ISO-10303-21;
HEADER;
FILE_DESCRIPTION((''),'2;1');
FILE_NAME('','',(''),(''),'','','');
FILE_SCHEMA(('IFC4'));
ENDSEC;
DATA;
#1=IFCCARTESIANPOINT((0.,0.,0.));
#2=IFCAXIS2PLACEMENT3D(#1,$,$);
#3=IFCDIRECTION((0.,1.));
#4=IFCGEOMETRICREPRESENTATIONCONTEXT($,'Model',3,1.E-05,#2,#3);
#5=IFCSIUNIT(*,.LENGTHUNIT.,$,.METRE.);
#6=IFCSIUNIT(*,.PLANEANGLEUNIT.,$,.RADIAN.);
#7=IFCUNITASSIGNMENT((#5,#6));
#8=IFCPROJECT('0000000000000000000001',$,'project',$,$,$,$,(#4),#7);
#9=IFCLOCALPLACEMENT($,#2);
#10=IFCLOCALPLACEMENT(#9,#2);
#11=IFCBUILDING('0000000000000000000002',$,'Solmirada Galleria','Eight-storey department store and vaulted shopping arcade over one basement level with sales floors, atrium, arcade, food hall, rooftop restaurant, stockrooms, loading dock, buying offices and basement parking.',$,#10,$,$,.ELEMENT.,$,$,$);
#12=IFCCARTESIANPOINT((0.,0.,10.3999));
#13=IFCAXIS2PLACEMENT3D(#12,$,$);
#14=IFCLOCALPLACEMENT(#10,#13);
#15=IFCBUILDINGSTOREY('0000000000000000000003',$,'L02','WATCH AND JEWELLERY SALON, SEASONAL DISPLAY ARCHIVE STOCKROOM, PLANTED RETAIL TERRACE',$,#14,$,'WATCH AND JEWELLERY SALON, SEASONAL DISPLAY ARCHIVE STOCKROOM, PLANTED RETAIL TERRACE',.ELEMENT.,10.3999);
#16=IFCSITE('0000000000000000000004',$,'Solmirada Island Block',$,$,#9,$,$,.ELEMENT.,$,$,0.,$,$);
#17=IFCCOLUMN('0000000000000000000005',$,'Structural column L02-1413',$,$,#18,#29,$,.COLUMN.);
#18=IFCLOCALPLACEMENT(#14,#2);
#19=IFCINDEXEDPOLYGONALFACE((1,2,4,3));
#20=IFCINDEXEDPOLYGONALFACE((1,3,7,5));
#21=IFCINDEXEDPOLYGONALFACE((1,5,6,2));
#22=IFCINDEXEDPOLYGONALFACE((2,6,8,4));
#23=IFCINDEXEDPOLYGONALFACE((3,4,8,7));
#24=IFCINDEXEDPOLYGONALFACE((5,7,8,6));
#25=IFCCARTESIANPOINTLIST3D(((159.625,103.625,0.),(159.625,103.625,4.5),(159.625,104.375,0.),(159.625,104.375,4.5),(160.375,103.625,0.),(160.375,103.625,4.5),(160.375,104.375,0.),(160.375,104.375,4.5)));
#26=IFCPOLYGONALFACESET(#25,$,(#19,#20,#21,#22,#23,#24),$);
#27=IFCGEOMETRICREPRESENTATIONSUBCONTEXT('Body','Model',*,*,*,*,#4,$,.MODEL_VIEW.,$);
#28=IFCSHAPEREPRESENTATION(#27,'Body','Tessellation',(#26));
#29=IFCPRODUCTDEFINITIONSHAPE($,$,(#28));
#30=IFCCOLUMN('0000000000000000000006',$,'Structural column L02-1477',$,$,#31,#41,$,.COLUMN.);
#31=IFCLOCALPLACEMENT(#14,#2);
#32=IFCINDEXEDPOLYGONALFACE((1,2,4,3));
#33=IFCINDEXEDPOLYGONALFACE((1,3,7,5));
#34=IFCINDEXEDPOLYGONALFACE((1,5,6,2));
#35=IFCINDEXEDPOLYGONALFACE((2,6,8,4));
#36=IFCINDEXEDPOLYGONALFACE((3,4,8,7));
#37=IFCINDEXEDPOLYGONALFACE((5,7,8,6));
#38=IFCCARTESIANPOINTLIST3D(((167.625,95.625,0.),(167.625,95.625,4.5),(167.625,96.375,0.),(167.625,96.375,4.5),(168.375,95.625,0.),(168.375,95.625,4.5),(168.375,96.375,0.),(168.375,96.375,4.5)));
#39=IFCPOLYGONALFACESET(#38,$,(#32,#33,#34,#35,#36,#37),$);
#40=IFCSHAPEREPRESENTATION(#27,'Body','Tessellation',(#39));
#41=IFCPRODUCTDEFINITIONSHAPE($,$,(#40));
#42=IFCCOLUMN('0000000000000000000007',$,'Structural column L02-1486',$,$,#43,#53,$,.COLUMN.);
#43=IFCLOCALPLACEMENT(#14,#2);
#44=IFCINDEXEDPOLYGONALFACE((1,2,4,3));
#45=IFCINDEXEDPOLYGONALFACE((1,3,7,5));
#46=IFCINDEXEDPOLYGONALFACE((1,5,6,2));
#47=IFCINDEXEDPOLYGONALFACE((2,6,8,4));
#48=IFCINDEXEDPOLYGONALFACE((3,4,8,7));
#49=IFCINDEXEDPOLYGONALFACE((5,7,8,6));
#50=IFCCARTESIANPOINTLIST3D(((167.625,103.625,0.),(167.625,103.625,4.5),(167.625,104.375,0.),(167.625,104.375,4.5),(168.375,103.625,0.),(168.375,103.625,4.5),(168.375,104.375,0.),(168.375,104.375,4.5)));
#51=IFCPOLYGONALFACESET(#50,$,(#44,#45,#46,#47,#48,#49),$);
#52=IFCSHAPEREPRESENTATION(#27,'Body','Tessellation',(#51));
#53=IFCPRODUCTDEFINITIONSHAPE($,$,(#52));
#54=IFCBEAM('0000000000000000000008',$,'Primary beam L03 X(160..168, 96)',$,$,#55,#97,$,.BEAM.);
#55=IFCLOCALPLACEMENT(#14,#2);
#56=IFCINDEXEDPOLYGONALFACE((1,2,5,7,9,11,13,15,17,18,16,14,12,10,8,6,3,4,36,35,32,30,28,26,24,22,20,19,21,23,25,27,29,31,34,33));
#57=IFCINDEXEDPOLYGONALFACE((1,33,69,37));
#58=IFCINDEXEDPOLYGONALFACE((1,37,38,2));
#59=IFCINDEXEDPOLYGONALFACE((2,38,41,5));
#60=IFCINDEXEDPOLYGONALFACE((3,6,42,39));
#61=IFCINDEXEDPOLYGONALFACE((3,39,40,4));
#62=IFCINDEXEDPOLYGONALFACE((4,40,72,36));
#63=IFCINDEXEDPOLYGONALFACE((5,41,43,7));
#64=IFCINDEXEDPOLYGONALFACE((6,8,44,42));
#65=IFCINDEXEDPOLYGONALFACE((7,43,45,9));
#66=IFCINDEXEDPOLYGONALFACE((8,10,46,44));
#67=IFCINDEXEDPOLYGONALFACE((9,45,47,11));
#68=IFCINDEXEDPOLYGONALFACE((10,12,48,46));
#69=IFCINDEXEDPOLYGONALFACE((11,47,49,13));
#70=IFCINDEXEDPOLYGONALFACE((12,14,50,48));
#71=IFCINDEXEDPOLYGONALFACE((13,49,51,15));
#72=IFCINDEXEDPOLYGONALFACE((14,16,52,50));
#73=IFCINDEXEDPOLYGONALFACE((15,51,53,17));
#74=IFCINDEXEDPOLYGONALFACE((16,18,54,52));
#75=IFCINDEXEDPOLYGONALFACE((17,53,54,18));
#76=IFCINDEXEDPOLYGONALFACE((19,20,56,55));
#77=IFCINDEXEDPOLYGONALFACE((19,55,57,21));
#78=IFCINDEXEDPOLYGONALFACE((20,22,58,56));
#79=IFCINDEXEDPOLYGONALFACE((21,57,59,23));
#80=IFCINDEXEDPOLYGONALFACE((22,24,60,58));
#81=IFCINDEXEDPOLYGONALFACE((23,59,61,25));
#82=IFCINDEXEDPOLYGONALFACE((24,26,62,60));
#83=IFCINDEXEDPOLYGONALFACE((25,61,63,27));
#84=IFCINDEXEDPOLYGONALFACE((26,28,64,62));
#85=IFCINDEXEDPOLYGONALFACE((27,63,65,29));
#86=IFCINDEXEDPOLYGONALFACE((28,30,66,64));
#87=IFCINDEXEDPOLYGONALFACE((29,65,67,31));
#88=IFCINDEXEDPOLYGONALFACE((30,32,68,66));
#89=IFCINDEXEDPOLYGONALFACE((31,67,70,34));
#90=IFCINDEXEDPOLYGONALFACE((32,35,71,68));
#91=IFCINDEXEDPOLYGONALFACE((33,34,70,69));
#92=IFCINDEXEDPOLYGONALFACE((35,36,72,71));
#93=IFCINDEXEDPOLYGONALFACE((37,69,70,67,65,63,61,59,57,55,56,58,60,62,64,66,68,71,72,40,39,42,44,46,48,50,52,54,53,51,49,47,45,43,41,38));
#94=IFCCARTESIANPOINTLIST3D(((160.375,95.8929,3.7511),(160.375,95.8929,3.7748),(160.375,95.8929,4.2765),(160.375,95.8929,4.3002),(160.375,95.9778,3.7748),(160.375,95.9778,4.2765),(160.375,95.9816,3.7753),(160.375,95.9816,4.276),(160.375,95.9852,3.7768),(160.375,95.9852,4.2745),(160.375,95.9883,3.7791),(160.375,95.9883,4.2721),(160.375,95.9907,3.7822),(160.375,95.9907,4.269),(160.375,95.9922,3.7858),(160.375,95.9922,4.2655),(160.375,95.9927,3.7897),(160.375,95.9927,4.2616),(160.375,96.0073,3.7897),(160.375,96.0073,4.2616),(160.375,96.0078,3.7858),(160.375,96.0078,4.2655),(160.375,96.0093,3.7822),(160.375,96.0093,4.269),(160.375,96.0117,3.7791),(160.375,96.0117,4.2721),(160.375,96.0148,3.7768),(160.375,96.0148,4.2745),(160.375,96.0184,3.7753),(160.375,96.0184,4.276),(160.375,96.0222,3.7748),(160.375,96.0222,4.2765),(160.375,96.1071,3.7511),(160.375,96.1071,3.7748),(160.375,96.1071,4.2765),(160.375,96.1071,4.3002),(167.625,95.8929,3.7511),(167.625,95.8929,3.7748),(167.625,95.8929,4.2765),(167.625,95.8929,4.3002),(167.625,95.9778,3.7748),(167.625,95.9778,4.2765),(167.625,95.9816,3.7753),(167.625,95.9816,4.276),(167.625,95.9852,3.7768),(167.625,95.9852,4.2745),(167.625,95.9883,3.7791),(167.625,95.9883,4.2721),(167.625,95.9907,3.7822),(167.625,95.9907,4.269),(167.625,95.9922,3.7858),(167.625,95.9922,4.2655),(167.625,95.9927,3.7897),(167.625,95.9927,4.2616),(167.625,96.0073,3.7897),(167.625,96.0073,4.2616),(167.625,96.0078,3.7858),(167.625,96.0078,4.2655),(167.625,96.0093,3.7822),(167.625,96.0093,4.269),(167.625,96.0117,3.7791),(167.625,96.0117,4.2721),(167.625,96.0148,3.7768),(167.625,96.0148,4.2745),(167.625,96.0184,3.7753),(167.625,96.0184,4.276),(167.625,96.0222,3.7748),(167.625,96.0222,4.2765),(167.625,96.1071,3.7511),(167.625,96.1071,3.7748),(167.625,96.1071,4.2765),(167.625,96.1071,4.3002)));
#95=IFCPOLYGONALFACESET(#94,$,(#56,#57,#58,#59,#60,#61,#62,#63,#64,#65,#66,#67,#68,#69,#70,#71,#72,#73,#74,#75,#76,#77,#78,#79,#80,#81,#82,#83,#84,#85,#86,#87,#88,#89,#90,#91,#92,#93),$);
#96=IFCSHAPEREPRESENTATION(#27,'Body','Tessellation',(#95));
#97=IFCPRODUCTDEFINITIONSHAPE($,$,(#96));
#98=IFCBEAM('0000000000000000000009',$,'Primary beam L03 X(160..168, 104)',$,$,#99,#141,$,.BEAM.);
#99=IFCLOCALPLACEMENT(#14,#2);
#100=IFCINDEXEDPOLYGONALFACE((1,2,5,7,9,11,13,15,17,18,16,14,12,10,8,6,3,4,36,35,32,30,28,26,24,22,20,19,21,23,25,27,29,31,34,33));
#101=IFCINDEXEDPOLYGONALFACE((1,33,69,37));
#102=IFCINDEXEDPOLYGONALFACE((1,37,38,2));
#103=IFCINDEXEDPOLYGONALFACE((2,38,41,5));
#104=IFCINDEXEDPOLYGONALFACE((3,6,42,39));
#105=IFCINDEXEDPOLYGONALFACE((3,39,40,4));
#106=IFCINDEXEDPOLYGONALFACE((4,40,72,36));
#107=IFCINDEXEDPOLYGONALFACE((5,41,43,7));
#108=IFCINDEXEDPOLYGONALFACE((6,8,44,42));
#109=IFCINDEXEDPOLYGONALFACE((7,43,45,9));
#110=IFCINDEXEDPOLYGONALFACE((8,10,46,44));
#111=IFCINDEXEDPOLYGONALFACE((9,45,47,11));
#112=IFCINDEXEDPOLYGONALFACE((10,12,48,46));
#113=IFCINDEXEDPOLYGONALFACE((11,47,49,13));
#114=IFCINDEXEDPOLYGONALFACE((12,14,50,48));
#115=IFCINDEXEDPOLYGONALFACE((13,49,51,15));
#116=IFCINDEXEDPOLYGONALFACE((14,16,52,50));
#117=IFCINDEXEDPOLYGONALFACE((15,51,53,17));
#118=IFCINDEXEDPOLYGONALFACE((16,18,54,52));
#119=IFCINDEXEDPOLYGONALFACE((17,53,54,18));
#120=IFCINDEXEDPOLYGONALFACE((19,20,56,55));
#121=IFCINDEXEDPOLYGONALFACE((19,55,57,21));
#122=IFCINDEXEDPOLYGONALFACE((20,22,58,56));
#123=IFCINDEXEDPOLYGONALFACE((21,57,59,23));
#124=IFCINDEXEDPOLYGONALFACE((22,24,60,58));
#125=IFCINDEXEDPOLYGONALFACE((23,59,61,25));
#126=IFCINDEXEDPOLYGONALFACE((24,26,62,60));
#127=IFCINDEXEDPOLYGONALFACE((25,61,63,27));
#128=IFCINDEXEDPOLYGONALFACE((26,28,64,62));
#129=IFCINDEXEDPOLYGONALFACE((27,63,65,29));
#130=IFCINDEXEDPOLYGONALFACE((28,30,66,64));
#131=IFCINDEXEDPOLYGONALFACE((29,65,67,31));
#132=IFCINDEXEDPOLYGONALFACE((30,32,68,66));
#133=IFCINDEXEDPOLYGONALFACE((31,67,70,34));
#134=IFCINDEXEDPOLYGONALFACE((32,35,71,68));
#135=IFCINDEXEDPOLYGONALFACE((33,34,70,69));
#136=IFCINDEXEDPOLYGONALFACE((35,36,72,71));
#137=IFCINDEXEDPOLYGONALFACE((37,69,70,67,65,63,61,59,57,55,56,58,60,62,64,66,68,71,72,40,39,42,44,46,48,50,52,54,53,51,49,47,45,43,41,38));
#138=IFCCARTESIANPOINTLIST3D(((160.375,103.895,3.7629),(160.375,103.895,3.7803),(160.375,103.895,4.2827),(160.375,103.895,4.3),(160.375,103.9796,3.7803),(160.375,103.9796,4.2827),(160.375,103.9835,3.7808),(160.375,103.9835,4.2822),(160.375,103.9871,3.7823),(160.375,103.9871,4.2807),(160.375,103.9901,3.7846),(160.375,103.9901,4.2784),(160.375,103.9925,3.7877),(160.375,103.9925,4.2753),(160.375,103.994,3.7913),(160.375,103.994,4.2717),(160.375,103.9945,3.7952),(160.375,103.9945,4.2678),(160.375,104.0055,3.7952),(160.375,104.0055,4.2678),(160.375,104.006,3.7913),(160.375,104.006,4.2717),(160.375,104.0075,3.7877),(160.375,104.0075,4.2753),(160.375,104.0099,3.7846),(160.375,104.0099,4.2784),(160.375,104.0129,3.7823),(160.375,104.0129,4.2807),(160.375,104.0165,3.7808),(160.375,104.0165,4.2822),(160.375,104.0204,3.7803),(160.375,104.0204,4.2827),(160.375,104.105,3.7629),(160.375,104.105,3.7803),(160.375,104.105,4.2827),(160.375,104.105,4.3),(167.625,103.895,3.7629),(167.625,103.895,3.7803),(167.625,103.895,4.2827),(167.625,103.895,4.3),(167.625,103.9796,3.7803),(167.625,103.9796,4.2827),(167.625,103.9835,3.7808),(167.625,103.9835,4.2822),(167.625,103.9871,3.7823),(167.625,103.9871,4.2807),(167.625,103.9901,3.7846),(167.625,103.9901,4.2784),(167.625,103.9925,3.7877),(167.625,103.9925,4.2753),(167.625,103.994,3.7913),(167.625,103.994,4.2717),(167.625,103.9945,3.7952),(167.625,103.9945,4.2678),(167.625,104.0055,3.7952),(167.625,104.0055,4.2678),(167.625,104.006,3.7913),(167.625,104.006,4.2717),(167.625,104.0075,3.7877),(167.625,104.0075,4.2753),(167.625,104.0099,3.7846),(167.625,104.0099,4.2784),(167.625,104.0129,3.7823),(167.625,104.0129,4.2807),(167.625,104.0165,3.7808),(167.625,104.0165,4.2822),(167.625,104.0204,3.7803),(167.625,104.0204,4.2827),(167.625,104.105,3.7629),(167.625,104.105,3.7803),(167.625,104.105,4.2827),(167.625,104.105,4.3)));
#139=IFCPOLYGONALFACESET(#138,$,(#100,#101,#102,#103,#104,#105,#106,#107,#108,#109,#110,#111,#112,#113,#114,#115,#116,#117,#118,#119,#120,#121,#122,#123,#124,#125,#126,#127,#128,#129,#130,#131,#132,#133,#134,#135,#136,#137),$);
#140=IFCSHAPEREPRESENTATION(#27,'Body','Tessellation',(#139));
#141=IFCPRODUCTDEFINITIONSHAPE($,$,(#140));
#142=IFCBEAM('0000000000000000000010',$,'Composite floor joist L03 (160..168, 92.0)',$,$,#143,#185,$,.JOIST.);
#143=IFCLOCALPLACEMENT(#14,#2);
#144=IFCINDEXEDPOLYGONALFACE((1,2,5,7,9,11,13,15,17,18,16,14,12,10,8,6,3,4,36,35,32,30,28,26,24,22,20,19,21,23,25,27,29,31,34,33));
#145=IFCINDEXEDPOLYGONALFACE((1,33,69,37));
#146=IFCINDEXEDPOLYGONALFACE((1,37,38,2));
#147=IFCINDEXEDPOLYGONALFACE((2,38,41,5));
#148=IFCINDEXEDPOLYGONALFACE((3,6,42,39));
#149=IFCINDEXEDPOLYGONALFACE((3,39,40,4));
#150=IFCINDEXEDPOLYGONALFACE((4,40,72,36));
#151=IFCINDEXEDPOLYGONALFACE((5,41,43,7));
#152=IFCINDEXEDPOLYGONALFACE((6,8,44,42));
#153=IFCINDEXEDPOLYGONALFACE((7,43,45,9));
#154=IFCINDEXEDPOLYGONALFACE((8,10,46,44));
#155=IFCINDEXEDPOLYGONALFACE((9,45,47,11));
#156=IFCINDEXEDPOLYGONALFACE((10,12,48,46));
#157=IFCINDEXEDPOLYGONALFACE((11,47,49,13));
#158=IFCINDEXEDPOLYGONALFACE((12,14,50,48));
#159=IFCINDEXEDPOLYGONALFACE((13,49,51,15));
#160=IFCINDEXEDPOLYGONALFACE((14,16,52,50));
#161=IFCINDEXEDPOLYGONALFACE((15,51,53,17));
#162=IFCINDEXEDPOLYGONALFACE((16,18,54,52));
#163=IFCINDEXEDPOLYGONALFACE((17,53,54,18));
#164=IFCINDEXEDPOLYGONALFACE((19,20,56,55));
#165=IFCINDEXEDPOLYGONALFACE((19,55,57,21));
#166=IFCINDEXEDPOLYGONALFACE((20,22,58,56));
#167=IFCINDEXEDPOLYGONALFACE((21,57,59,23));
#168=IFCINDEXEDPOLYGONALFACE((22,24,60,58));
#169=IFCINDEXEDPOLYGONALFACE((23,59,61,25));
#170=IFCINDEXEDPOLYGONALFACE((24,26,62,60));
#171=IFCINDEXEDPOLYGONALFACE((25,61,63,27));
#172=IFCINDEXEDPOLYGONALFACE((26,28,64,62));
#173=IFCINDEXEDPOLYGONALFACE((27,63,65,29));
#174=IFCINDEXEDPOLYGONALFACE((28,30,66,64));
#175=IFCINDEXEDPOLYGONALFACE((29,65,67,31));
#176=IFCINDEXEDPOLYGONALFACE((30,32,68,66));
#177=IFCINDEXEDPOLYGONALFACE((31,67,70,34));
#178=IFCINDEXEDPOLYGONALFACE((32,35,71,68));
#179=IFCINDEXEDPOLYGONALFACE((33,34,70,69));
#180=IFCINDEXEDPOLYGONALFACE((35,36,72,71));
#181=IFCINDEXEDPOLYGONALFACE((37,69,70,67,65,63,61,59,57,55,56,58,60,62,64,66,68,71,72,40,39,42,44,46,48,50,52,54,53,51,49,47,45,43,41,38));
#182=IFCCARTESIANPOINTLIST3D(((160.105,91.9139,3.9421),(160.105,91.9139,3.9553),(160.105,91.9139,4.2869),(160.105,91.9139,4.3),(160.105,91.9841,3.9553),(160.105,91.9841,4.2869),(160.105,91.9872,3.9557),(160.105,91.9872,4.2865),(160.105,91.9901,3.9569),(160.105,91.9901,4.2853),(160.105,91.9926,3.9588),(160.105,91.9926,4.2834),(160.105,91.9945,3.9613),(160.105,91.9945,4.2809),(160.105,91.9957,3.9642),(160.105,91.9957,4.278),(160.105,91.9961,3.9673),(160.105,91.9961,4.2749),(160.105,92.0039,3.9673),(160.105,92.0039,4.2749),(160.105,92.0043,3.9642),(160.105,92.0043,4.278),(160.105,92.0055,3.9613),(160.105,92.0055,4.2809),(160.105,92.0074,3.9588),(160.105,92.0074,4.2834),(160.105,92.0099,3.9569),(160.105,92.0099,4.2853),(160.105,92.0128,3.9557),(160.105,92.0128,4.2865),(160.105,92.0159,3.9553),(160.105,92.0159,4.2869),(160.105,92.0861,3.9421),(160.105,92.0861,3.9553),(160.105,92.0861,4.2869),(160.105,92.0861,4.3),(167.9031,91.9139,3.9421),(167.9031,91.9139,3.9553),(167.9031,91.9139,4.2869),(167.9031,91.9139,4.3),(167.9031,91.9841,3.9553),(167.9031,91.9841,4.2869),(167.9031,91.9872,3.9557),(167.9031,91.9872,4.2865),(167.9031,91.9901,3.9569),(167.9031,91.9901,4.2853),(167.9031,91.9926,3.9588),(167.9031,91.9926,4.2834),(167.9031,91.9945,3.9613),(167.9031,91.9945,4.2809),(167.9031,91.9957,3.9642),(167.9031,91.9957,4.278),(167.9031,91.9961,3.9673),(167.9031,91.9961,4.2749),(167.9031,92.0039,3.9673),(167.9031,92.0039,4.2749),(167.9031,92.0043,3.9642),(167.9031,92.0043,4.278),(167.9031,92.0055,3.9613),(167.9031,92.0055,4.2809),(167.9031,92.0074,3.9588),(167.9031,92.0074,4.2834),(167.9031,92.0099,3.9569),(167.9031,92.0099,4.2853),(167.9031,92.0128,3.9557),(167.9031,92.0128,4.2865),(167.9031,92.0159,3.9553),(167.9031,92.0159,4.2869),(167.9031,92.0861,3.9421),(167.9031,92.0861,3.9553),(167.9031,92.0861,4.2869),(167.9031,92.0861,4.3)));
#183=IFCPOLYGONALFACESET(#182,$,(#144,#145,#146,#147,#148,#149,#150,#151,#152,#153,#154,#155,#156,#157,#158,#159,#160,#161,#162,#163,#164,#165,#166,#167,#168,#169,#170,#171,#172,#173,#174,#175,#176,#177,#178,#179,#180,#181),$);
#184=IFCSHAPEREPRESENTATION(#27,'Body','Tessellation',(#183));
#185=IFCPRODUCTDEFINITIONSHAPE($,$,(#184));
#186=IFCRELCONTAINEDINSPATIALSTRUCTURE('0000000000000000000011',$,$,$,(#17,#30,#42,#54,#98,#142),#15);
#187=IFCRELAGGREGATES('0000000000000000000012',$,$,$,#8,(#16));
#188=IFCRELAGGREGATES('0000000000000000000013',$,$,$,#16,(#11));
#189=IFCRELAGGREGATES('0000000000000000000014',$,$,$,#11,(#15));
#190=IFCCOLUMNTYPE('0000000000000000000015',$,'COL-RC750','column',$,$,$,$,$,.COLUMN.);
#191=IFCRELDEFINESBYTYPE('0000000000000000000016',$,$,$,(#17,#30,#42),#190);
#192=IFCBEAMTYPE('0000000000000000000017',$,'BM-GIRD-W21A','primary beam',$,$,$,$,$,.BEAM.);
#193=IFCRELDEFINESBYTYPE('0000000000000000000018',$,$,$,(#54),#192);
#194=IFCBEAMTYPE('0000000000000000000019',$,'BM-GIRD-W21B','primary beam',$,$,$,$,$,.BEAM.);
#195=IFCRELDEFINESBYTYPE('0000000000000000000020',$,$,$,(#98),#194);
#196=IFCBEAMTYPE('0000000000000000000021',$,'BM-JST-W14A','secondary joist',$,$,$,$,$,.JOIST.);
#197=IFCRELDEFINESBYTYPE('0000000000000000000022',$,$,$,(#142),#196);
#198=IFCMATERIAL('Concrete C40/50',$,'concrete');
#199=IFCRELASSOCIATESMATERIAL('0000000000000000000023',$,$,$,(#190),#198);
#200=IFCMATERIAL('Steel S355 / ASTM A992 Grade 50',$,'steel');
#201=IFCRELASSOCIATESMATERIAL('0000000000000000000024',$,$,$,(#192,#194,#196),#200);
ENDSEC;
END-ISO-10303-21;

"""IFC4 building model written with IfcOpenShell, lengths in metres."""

from ifc_helpers import new_model, si_unit, direction, frame, origin, origin_2d, place, context, subcontext, project, spatial, rectangle, i_section, extrude, material, material_profile, profile_set, type_object, element, save


model = new_model("IFC4")

# Units and contexts
model_context = context("Model", 3, precision=1e-05, world=origin(), true_north=direction((0.0, 1.0)))
body_context = subcontext(model_context, "Body", "Model", "MODEL_VIEW")
ifc_project = project(units=[si_unit("LENGTHUNIT", "METRE"), si_unit("PLANEANGLEUNIT", "RADIAN")], contexts=[model_context])

# Site, building, storey
site_placement = place(None, origin())
site = spatial("IfcSite", under=ifc_project, at=site_placement, Name="Solmirada Island Block", CompositionType="ELEMENT", RefElevation=0.0)
building_placement = place(site_placement, origin())
building = spatial("IfcBuilding", under=site, at=building_placement, Name="Solmirada Galleria", Description="Eight-storey department store and vaulted shopping arcade over one basement level with sales floors, atrium, arcade, food hall, rooftop restaurant, stockrooms, loading dock, buying offices and basement parking.", CompositionType="ELEMENT")
storey_placement = place(building_placement, frame((0.0, 0.0, 10.3999)))
storey = spatial("IfcBuildingStorey", under=building, at=storey_placement, Name="L02", Description="WATCH AND JEWELLERY SALON, SEASONAL DISPLAY ARCHIVE STOCKROOM, PLANTED RETAIL TERRACE", LongName="WATCH AND JEWELLERY SALON, SEASONAL DISPLAY ARCHIVE STOCKROOM, PLANTED RETAIL TERRACE", CompositionType="ELEMENT", Elevation=10.3999)

# Columns
ifc_material_1 = material(Name="Concrete C40/50", Category="concrete")
ifc_material_profile_1 = material_profile(ifc_material_1, rectangle(XDim=0.75, YDim=0.75, at=origin_2d()), Name="RC750X750")
ifc_profile_set_1 = profile_set([ifc_material_profile_1], Name="Concrete C40/50")
column_type = type_object("IfcColumnType", Name="COL-RC750", Description="column", PredefinedType="COLUMN", material=ifc_profile_set_1)
for number, where, z_axis, x_axis, name in (
    (1, (160.0, 104.0, 0.0), (0.0, 0.0, 1.0), (1.0, 0.0, 0.0), "Structural column L02-1413"),
    (2, (168.0, 96.0, 0.0), (0.0, 0.0, 1.0), (1.0, 0.0, 0.0), "Structural column L02-1477"),
    (3, (168.0, 104.0, 0.0), (0.0, 0.0, 1.0), (1.0, 0.0, 0.0), "Structural column L02-1486"),
):
    element("IfcColumn", number, at=place(storey_placement, frame(where, z_axis=z_axis, x_axis=x_axis)), inside=storey, type_object=column_type, Name=name, PredefinedType="COLUMN", context=body_context, shape_type="SweptSolid", body=[
        extrude(rectangle(XDim=0.75, YDim=0.75, at=origin_2d()), origin(), (0.0, 0.0, 1.0), 4.5),
    ])

# Beams
ifc_material_2 = material(Name="Steel S355 / ASTM A992 Grade 50", Category="steel")
ifc_material_profile_2 = material_profile(ifc_material_2, i_section(OverallWidth=0.2141, OverallDepth=0.5491, WebThickness=0.0146, FlangeThickness=0.0237, FilletRadius=0.0149, at=origin_2d()), Name="W21X93")
ifc_profile_set_2 = profile_set([ifc_material_profile_2], Name="Steel S355 / ASTM A992 Grade 50")
beam_type_1 = type_object("IfcBeamType", Name="BM-GIRD-W21A", Description="primary beam", PredefinedType="BEAM", material=ifc_profile_set_2)
beam_1_placement = place(storey_placement, frame((160.375, 96.0, 4.0256), z_axis=(1.0, 0.0, 0.0), x_axis=(0.0, 1.0, 0.0)))
element("IfcBeam", 4, at=beam_1_placement, inside=storey, type_object=beam_type_1, Name="Primary beam L03 X(160..168, 96)", PredefinedType="BEAM", context=body_context, shape_type="SweptSolid", body=[
    extrude(i_section(OverallWidth=0.2141, OverallDepth=0.5491, WebThickness=0.0146, FlangeThickness=0.0237, FilletRadius=0.0149, at=origin_2d()), origin(), (0.0, 0.0, 1.0), 7.25),
])
ifc_material_profile_3 = material_profile(ifc_material_2, i_section(OverallWidth=0.21, OverallDepth=0.5371, WebThickness=0.011, FlangeThickness=0.0173, FilletRadius=0.0149, at=origin_2d()), Name="W21X68")
ifc_profile_set_3 = profile_set([ifc_material_profile_3], Name="Steel S355 / ASTM A992 Grade 50")
beam_type_2 = type_object("IfcBeamType", Name="BM-GIRD-W21B", Description="primary beam", PredefinedType="BEAM", material=ifc_profile_set_3)
beam_2_placement = place(storey_placement, frame((160.375, 104.0, 4.0315), z_axis=(1.0, 0.0, 0.0), x_axis=(0.0, 1.0, 0.0)))
element("IfcBeam", 5, at=beam_2_placement, inside=storey, type_object=beam_type_2, Name="Primary beam L03 X(160..168, 104)", PredefinedType="BEAM", context=body_context, shape_type="SweptSolid", body=[
    extrude(i_section(OverallWidth=0.21, OverallDepth=0.5371, WebThickness=0.011, FlangeThickness=0.0173, FilletRadius=0.0149, at=origin_2d()), origin(), (0.0, 0.0, 1.0), 7.25),
])
ifc_material_profile_4 = material_profile(ifc_material_2, i_section(OverallWidth=0.1721, OverallDepth=0.3579, WebThickness=0.0078, FlangeThickness=0.0132, FilletRadius=0.012, at=origin_2d()), Name="W14X38")
ifc_profile_set_4 = profile_set([ifc_material_profile_4], Name="Steel S355 / ASTM A992 Grade 50")
beam_type_3 = type_object("IfcBeamType", Name="BM-JST-W14A", Description="secondary joist", PredefinedType="JOIST", material=ifc_profile_set_4)
beam_3_placement = place(storey_placement, frame((160.105, 92.0, 4.1211), z_axis=(1.0, 0.0, 0.0), x_axis=(0.0, 1.0, 0.0)))
element("IfcBeam", 6, at=beam_3_placement, inside=storey, type_object=beam_type_3, Name="Composite floor joist L03 (160..168, 92.0)", PredefinedType="JOIST", context=body_context, shape_type="SweptSolid", body=[
    extrude(i_section(OverallWidth=0.1721, OverallDepth=0.3579, WebThickness=0.0078, FlangeThickness=0.0132, FilletRadius=0.012, at=origin_2d()), origin(), (0.0, 0.0, 1.0), 7.7981),
])

save(model, "model.ifc")
